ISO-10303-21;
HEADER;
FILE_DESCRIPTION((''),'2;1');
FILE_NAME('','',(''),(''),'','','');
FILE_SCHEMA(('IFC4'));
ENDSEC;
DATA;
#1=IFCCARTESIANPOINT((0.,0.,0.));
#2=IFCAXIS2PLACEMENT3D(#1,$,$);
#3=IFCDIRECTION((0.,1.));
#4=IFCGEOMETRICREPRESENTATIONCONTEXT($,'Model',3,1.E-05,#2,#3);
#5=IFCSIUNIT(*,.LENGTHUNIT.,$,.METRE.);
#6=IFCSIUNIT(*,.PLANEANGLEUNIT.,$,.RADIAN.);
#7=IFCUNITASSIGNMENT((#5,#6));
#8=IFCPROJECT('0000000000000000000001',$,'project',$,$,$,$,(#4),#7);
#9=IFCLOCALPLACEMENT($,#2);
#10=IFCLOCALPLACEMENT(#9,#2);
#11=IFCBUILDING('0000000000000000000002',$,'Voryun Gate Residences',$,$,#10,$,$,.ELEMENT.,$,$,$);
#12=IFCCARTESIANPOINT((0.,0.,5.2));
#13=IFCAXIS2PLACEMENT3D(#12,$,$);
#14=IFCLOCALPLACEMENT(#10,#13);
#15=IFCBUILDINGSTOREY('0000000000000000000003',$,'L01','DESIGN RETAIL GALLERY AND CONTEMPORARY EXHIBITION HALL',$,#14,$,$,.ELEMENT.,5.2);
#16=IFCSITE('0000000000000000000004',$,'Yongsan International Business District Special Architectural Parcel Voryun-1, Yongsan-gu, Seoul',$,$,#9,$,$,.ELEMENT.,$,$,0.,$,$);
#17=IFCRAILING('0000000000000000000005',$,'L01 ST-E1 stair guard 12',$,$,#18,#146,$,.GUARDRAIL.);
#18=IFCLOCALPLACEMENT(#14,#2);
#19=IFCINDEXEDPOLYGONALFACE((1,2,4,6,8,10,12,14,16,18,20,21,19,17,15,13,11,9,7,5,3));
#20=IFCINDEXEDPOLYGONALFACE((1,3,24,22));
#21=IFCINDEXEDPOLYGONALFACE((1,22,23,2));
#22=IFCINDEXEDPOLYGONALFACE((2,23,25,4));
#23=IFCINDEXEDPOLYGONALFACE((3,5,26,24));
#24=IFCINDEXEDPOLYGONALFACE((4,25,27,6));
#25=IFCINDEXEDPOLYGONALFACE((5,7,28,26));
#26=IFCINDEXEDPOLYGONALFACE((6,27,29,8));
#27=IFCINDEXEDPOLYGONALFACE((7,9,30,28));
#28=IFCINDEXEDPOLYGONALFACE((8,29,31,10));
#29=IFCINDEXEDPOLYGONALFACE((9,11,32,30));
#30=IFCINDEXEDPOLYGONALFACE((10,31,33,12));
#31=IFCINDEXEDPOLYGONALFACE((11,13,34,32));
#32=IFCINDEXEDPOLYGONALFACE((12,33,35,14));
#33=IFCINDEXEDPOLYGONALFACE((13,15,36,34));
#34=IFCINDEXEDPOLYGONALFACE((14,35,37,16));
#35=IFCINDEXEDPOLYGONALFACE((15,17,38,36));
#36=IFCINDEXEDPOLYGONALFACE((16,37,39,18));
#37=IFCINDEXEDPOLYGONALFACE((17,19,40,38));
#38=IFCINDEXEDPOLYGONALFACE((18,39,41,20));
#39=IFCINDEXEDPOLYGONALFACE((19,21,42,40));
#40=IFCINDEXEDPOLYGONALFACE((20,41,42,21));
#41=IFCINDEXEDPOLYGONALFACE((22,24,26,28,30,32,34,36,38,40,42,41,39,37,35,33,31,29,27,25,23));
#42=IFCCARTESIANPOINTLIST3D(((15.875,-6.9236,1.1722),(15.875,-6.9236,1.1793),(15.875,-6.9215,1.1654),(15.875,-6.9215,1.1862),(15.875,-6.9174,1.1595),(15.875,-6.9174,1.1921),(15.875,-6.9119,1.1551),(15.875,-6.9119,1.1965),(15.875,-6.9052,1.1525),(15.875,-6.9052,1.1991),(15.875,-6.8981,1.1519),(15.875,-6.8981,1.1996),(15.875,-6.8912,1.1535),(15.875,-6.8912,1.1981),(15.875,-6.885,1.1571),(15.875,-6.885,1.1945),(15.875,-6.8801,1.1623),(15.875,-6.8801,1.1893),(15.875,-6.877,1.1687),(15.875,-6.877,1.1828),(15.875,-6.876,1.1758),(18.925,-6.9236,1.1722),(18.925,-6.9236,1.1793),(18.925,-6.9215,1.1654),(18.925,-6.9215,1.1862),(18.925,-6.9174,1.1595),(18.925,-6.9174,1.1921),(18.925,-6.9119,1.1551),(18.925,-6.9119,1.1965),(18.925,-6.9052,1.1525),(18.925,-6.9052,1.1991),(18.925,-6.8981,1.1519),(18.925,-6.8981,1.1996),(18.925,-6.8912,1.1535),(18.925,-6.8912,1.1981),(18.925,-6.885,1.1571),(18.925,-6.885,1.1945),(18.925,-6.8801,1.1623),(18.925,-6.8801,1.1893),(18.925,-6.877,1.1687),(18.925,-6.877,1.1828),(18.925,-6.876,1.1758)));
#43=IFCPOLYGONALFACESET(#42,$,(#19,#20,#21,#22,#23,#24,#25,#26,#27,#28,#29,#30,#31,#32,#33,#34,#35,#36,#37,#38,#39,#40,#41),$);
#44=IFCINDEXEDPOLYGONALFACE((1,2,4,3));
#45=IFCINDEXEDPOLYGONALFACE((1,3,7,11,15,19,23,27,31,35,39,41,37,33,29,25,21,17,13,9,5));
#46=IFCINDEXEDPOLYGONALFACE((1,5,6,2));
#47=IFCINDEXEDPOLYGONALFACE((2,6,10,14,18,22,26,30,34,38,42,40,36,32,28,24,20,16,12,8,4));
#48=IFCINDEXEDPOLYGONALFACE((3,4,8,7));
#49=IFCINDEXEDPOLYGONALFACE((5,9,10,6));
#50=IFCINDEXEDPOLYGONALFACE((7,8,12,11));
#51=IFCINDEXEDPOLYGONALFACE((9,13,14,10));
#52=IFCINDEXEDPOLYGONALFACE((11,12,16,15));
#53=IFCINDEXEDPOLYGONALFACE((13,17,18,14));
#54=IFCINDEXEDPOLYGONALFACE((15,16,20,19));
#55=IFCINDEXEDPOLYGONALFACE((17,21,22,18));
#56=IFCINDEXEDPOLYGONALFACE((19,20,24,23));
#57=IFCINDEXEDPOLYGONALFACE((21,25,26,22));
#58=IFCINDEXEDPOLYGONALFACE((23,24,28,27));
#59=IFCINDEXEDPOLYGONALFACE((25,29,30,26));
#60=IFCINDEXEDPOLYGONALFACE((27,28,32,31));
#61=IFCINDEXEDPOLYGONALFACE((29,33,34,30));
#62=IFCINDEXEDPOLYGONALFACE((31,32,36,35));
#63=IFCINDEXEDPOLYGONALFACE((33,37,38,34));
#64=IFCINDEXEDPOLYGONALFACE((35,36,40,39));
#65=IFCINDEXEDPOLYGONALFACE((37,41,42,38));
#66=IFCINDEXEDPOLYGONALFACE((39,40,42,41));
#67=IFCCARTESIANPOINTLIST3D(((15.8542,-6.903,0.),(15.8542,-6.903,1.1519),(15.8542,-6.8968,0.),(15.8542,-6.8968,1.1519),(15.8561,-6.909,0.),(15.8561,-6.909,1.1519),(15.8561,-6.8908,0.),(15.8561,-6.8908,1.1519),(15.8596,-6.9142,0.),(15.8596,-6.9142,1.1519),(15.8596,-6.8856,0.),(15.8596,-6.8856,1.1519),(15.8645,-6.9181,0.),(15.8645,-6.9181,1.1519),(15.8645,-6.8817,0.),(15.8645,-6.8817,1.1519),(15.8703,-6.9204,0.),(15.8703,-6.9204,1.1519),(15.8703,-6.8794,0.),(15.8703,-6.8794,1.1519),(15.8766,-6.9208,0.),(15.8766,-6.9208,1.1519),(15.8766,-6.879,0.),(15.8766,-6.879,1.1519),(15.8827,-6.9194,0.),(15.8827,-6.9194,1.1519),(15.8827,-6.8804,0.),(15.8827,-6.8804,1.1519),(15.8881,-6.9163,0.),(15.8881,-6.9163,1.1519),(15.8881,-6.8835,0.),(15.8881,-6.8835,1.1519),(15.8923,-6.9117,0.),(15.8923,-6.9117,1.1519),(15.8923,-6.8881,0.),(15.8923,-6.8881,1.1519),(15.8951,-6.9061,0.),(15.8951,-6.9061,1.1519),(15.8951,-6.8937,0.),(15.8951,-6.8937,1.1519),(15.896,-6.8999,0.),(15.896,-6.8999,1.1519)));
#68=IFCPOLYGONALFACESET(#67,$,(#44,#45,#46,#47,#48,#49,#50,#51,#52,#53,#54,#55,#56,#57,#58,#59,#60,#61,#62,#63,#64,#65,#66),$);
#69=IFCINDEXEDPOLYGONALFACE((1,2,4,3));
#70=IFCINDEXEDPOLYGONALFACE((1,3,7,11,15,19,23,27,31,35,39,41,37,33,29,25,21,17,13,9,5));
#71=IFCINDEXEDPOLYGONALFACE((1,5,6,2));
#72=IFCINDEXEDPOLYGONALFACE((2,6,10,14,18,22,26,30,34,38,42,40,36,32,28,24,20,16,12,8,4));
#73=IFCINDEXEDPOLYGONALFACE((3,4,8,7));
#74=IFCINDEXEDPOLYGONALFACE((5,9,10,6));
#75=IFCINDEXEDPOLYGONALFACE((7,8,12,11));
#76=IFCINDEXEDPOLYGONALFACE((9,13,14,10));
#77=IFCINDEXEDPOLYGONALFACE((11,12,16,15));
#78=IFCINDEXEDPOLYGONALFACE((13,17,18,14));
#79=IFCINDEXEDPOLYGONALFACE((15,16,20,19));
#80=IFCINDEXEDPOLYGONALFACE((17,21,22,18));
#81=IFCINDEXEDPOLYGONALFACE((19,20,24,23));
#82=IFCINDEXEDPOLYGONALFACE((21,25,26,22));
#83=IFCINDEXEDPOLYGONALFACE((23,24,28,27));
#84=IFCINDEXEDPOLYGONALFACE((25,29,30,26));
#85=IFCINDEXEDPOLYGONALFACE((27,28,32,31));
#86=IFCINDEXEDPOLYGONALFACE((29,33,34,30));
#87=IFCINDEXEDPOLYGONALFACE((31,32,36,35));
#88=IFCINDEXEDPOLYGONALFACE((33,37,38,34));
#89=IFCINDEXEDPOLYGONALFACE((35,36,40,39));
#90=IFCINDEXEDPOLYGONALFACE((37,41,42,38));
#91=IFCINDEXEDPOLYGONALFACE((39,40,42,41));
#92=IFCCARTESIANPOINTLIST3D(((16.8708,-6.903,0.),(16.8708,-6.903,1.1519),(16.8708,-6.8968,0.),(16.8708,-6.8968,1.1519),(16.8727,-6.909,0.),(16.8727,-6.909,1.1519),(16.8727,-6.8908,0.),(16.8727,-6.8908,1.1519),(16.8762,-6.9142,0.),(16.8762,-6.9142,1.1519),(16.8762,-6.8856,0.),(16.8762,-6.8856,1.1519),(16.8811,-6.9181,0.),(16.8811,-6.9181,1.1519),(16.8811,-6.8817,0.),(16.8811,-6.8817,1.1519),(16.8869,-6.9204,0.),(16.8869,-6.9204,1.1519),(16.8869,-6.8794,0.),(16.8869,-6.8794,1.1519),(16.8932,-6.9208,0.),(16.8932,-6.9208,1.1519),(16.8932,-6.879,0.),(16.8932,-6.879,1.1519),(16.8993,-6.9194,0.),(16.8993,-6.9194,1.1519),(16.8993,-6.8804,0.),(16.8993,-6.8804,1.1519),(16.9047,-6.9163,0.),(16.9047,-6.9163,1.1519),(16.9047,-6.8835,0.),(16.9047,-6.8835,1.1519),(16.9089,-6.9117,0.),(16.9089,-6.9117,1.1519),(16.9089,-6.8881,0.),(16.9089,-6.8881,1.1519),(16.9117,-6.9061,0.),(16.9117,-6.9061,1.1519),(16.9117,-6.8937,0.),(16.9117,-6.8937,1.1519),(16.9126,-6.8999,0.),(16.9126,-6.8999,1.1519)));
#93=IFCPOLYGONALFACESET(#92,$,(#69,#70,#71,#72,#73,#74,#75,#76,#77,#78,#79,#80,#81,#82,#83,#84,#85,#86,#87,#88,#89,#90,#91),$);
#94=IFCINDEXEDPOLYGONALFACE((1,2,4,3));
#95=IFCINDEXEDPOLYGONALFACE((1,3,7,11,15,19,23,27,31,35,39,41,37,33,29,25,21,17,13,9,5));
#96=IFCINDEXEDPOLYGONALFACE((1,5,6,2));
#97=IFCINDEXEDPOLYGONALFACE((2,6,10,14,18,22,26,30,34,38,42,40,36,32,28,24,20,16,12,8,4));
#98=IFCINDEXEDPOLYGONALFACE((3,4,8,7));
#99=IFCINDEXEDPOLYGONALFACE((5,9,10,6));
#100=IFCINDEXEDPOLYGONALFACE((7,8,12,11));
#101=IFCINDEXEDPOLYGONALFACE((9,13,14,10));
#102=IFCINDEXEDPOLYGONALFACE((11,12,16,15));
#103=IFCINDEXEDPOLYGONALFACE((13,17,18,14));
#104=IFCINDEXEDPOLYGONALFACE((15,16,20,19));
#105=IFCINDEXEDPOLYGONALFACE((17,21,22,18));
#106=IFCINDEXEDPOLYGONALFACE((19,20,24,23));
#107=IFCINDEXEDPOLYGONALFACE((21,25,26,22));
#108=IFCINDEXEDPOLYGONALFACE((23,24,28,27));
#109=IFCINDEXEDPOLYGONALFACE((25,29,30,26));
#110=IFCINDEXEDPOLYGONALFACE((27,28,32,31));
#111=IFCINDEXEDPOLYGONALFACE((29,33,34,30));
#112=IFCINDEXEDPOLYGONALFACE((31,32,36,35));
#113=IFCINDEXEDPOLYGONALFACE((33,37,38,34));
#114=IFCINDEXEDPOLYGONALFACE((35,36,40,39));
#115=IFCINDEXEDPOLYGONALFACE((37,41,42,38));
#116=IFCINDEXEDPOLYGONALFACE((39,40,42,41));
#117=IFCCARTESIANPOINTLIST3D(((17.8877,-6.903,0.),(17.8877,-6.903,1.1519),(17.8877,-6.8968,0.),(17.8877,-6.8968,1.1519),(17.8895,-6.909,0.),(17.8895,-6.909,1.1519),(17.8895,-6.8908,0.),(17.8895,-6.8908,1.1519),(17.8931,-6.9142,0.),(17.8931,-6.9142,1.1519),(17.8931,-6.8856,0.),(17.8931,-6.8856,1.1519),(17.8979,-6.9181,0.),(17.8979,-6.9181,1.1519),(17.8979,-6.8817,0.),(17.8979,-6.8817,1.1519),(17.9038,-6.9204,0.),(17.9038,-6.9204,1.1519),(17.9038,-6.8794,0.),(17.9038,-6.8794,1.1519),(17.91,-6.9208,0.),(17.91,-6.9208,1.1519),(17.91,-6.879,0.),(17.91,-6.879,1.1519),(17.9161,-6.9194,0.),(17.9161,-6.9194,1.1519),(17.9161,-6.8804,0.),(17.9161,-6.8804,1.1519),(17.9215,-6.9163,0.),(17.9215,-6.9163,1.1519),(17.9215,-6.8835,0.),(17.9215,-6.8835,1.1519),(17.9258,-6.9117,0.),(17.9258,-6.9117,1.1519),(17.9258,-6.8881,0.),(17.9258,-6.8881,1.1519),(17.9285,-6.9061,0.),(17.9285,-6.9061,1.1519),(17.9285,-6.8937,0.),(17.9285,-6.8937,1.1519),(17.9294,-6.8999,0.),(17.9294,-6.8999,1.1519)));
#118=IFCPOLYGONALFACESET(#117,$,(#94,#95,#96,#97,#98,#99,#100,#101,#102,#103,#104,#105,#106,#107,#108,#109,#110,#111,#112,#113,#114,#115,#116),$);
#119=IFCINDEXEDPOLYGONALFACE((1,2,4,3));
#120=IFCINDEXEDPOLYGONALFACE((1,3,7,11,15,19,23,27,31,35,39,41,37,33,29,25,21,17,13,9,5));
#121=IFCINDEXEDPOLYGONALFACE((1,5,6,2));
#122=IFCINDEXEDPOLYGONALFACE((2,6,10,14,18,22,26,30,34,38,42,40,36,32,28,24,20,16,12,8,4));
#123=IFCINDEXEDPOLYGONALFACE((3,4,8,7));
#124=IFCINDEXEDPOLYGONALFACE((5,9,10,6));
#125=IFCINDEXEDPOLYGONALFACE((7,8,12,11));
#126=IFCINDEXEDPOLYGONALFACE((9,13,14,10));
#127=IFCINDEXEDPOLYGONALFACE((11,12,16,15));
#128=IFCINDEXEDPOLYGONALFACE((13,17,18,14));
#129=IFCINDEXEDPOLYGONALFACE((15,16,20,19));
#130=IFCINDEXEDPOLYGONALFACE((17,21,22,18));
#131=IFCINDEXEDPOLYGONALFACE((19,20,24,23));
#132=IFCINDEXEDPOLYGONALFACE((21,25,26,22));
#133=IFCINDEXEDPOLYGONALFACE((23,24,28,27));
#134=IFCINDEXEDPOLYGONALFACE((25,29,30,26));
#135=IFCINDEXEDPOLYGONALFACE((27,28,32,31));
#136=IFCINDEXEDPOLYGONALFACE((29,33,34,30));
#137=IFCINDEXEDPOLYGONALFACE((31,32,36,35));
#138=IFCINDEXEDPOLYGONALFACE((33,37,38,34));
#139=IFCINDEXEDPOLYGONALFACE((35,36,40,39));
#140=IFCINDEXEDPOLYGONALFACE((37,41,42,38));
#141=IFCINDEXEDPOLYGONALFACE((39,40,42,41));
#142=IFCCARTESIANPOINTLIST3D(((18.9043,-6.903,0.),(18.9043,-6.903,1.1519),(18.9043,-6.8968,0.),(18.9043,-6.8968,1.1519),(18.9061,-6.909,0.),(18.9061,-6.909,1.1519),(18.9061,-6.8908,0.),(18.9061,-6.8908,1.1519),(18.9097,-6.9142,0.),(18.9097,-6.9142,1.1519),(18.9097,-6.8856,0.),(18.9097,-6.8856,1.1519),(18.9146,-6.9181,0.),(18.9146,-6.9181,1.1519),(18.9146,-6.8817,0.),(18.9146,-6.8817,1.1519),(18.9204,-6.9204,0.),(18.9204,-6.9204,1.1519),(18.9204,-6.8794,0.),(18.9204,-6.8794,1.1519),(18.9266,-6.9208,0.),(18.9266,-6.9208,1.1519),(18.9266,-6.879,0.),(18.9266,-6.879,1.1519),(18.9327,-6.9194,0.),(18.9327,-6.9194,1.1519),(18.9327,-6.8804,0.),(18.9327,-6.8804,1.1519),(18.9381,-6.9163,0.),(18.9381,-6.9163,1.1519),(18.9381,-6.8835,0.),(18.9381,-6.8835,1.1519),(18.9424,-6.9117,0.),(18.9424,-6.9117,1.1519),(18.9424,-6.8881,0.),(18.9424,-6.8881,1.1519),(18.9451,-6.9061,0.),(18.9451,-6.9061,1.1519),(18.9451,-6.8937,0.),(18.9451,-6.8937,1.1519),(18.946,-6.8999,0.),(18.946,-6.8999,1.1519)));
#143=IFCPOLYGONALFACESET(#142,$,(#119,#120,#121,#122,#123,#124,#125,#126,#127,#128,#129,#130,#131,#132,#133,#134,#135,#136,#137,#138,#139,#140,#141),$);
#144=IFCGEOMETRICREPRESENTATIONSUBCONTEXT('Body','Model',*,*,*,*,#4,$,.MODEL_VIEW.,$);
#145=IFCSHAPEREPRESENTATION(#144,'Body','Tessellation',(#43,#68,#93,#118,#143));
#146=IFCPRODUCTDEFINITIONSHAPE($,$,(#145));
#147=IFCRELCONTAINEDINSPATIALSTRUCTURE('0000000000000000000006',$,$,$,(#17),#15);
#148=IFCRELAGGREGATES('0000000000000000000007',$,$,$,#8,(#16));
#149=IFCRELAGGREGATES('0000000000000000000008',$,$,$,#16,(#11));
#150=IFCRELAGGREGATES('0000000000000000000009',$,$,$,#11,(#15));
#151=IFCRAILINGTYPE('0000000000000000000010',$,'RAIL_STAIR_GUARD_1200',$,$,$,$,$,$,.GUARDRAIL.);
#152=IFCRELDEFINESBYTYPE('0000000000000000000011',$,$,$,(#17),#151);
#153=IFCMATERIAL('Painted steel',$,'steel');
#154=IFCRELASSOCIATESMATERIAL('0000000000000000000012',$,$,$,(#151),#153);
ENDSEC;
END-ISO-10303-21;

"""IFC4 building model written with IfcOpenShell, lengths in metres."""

from ifc_helpers import new_model, si_unit, direction, frame, origin, origin_2d, place, context, subcontext, project, spatial, circle, extrude, material, type_object, element, save


model = new_model("IFC4")

# Units and contexts
model_context = context("Model", 3, precision=1e-05, world=origin(), true_north=direction((0.0, 1.0)))
body_context = subcontext(model_context, "Body", "Model", "MODEL_VIEW")
ifc_project = project(units=[si_unit("LENGTHUNIT", "METRE"), si_unit("PLANEANGLEUNIT", "RADIAN")], contexts=[model_context])

# Site, building, storey
site_placement = place(None, origin())
site = spatial("IfcSite", under=ifc_project, at=site_placement, Name="Yongsan International Business District Special Architectural Parcel Voryun-1, Yongsan-gu, Seoul", CompositionType="ELEMENT", RefElevation=0.0)
building_placement = place(site_placement, origin())
building = spatial("IfcBuilding", under=site, at=building_placement, Name="Voryun Gate Residences", CompositionType="ELEMENT")
storey_placement = place(building_placement, frame((0.0, 0.0, 5.2)))
storey = spatial("IfcBuildingStorey", under=building, at=storey_placement, Name="L01", Description="DESIGN RETAIL GALLERY AND CONTEMPORARY EXHIBITION HALL", CompositionType="ELEMENT", Elevation=5.2)

# Railing
ifc_material_1 = material(Name="Painted steel", Category="steel")
railing_type_1 = type_object("IfcRailingType", Name="RAIL_STAIR_GUARD_1200", PredefinedType="GUARDRAIL", material=ifc_material_1)
railing_1_placement = place(storey_placement, frame((15.875, -6.8999, 0.0)))
element("IfcRailing", 1, at=railing_1_placement, inside=storey, type_object=railing_type_1, Name="L01 ST-E1 stair guard 12", PredefinedType="GUARDRAIL", context=body_context, shape_type="SweptSolid", body=[
    extrude(circle(Radius=0.0239, at=origin_2d()), frame((0.0, 0.0, 1.1758), z_axis=(1.0, 0.0, 0.0), x_axis=(0.0, 1.0, 0.0)), (0.0, 0.0, 1.0), 3.05),
    extrude(circle(Radius=0.021, at=origin_2d()), origin(), (0.0, 0.0, 1.0), 1.1519),
    extrude(circle(Radius=0.021, at=origin_2d()), frame((1.0166, 0.0, 0.0)), (0.0, 0.0, 1.0), 1.1519),
    extrude(circle(Radius=0.021, at=origin_2d()), frame((2.0334, 0.0, 0.0)), (0.0, 0.0, 1.0), 1.1519),
    extrude(circle(Radius=0.021, at=origin_2d()), frame((3.05, 0.0, 0.0)), (0.0, 0.0, 1.0), 1.1519),
])

save(model, "model.ifc")
